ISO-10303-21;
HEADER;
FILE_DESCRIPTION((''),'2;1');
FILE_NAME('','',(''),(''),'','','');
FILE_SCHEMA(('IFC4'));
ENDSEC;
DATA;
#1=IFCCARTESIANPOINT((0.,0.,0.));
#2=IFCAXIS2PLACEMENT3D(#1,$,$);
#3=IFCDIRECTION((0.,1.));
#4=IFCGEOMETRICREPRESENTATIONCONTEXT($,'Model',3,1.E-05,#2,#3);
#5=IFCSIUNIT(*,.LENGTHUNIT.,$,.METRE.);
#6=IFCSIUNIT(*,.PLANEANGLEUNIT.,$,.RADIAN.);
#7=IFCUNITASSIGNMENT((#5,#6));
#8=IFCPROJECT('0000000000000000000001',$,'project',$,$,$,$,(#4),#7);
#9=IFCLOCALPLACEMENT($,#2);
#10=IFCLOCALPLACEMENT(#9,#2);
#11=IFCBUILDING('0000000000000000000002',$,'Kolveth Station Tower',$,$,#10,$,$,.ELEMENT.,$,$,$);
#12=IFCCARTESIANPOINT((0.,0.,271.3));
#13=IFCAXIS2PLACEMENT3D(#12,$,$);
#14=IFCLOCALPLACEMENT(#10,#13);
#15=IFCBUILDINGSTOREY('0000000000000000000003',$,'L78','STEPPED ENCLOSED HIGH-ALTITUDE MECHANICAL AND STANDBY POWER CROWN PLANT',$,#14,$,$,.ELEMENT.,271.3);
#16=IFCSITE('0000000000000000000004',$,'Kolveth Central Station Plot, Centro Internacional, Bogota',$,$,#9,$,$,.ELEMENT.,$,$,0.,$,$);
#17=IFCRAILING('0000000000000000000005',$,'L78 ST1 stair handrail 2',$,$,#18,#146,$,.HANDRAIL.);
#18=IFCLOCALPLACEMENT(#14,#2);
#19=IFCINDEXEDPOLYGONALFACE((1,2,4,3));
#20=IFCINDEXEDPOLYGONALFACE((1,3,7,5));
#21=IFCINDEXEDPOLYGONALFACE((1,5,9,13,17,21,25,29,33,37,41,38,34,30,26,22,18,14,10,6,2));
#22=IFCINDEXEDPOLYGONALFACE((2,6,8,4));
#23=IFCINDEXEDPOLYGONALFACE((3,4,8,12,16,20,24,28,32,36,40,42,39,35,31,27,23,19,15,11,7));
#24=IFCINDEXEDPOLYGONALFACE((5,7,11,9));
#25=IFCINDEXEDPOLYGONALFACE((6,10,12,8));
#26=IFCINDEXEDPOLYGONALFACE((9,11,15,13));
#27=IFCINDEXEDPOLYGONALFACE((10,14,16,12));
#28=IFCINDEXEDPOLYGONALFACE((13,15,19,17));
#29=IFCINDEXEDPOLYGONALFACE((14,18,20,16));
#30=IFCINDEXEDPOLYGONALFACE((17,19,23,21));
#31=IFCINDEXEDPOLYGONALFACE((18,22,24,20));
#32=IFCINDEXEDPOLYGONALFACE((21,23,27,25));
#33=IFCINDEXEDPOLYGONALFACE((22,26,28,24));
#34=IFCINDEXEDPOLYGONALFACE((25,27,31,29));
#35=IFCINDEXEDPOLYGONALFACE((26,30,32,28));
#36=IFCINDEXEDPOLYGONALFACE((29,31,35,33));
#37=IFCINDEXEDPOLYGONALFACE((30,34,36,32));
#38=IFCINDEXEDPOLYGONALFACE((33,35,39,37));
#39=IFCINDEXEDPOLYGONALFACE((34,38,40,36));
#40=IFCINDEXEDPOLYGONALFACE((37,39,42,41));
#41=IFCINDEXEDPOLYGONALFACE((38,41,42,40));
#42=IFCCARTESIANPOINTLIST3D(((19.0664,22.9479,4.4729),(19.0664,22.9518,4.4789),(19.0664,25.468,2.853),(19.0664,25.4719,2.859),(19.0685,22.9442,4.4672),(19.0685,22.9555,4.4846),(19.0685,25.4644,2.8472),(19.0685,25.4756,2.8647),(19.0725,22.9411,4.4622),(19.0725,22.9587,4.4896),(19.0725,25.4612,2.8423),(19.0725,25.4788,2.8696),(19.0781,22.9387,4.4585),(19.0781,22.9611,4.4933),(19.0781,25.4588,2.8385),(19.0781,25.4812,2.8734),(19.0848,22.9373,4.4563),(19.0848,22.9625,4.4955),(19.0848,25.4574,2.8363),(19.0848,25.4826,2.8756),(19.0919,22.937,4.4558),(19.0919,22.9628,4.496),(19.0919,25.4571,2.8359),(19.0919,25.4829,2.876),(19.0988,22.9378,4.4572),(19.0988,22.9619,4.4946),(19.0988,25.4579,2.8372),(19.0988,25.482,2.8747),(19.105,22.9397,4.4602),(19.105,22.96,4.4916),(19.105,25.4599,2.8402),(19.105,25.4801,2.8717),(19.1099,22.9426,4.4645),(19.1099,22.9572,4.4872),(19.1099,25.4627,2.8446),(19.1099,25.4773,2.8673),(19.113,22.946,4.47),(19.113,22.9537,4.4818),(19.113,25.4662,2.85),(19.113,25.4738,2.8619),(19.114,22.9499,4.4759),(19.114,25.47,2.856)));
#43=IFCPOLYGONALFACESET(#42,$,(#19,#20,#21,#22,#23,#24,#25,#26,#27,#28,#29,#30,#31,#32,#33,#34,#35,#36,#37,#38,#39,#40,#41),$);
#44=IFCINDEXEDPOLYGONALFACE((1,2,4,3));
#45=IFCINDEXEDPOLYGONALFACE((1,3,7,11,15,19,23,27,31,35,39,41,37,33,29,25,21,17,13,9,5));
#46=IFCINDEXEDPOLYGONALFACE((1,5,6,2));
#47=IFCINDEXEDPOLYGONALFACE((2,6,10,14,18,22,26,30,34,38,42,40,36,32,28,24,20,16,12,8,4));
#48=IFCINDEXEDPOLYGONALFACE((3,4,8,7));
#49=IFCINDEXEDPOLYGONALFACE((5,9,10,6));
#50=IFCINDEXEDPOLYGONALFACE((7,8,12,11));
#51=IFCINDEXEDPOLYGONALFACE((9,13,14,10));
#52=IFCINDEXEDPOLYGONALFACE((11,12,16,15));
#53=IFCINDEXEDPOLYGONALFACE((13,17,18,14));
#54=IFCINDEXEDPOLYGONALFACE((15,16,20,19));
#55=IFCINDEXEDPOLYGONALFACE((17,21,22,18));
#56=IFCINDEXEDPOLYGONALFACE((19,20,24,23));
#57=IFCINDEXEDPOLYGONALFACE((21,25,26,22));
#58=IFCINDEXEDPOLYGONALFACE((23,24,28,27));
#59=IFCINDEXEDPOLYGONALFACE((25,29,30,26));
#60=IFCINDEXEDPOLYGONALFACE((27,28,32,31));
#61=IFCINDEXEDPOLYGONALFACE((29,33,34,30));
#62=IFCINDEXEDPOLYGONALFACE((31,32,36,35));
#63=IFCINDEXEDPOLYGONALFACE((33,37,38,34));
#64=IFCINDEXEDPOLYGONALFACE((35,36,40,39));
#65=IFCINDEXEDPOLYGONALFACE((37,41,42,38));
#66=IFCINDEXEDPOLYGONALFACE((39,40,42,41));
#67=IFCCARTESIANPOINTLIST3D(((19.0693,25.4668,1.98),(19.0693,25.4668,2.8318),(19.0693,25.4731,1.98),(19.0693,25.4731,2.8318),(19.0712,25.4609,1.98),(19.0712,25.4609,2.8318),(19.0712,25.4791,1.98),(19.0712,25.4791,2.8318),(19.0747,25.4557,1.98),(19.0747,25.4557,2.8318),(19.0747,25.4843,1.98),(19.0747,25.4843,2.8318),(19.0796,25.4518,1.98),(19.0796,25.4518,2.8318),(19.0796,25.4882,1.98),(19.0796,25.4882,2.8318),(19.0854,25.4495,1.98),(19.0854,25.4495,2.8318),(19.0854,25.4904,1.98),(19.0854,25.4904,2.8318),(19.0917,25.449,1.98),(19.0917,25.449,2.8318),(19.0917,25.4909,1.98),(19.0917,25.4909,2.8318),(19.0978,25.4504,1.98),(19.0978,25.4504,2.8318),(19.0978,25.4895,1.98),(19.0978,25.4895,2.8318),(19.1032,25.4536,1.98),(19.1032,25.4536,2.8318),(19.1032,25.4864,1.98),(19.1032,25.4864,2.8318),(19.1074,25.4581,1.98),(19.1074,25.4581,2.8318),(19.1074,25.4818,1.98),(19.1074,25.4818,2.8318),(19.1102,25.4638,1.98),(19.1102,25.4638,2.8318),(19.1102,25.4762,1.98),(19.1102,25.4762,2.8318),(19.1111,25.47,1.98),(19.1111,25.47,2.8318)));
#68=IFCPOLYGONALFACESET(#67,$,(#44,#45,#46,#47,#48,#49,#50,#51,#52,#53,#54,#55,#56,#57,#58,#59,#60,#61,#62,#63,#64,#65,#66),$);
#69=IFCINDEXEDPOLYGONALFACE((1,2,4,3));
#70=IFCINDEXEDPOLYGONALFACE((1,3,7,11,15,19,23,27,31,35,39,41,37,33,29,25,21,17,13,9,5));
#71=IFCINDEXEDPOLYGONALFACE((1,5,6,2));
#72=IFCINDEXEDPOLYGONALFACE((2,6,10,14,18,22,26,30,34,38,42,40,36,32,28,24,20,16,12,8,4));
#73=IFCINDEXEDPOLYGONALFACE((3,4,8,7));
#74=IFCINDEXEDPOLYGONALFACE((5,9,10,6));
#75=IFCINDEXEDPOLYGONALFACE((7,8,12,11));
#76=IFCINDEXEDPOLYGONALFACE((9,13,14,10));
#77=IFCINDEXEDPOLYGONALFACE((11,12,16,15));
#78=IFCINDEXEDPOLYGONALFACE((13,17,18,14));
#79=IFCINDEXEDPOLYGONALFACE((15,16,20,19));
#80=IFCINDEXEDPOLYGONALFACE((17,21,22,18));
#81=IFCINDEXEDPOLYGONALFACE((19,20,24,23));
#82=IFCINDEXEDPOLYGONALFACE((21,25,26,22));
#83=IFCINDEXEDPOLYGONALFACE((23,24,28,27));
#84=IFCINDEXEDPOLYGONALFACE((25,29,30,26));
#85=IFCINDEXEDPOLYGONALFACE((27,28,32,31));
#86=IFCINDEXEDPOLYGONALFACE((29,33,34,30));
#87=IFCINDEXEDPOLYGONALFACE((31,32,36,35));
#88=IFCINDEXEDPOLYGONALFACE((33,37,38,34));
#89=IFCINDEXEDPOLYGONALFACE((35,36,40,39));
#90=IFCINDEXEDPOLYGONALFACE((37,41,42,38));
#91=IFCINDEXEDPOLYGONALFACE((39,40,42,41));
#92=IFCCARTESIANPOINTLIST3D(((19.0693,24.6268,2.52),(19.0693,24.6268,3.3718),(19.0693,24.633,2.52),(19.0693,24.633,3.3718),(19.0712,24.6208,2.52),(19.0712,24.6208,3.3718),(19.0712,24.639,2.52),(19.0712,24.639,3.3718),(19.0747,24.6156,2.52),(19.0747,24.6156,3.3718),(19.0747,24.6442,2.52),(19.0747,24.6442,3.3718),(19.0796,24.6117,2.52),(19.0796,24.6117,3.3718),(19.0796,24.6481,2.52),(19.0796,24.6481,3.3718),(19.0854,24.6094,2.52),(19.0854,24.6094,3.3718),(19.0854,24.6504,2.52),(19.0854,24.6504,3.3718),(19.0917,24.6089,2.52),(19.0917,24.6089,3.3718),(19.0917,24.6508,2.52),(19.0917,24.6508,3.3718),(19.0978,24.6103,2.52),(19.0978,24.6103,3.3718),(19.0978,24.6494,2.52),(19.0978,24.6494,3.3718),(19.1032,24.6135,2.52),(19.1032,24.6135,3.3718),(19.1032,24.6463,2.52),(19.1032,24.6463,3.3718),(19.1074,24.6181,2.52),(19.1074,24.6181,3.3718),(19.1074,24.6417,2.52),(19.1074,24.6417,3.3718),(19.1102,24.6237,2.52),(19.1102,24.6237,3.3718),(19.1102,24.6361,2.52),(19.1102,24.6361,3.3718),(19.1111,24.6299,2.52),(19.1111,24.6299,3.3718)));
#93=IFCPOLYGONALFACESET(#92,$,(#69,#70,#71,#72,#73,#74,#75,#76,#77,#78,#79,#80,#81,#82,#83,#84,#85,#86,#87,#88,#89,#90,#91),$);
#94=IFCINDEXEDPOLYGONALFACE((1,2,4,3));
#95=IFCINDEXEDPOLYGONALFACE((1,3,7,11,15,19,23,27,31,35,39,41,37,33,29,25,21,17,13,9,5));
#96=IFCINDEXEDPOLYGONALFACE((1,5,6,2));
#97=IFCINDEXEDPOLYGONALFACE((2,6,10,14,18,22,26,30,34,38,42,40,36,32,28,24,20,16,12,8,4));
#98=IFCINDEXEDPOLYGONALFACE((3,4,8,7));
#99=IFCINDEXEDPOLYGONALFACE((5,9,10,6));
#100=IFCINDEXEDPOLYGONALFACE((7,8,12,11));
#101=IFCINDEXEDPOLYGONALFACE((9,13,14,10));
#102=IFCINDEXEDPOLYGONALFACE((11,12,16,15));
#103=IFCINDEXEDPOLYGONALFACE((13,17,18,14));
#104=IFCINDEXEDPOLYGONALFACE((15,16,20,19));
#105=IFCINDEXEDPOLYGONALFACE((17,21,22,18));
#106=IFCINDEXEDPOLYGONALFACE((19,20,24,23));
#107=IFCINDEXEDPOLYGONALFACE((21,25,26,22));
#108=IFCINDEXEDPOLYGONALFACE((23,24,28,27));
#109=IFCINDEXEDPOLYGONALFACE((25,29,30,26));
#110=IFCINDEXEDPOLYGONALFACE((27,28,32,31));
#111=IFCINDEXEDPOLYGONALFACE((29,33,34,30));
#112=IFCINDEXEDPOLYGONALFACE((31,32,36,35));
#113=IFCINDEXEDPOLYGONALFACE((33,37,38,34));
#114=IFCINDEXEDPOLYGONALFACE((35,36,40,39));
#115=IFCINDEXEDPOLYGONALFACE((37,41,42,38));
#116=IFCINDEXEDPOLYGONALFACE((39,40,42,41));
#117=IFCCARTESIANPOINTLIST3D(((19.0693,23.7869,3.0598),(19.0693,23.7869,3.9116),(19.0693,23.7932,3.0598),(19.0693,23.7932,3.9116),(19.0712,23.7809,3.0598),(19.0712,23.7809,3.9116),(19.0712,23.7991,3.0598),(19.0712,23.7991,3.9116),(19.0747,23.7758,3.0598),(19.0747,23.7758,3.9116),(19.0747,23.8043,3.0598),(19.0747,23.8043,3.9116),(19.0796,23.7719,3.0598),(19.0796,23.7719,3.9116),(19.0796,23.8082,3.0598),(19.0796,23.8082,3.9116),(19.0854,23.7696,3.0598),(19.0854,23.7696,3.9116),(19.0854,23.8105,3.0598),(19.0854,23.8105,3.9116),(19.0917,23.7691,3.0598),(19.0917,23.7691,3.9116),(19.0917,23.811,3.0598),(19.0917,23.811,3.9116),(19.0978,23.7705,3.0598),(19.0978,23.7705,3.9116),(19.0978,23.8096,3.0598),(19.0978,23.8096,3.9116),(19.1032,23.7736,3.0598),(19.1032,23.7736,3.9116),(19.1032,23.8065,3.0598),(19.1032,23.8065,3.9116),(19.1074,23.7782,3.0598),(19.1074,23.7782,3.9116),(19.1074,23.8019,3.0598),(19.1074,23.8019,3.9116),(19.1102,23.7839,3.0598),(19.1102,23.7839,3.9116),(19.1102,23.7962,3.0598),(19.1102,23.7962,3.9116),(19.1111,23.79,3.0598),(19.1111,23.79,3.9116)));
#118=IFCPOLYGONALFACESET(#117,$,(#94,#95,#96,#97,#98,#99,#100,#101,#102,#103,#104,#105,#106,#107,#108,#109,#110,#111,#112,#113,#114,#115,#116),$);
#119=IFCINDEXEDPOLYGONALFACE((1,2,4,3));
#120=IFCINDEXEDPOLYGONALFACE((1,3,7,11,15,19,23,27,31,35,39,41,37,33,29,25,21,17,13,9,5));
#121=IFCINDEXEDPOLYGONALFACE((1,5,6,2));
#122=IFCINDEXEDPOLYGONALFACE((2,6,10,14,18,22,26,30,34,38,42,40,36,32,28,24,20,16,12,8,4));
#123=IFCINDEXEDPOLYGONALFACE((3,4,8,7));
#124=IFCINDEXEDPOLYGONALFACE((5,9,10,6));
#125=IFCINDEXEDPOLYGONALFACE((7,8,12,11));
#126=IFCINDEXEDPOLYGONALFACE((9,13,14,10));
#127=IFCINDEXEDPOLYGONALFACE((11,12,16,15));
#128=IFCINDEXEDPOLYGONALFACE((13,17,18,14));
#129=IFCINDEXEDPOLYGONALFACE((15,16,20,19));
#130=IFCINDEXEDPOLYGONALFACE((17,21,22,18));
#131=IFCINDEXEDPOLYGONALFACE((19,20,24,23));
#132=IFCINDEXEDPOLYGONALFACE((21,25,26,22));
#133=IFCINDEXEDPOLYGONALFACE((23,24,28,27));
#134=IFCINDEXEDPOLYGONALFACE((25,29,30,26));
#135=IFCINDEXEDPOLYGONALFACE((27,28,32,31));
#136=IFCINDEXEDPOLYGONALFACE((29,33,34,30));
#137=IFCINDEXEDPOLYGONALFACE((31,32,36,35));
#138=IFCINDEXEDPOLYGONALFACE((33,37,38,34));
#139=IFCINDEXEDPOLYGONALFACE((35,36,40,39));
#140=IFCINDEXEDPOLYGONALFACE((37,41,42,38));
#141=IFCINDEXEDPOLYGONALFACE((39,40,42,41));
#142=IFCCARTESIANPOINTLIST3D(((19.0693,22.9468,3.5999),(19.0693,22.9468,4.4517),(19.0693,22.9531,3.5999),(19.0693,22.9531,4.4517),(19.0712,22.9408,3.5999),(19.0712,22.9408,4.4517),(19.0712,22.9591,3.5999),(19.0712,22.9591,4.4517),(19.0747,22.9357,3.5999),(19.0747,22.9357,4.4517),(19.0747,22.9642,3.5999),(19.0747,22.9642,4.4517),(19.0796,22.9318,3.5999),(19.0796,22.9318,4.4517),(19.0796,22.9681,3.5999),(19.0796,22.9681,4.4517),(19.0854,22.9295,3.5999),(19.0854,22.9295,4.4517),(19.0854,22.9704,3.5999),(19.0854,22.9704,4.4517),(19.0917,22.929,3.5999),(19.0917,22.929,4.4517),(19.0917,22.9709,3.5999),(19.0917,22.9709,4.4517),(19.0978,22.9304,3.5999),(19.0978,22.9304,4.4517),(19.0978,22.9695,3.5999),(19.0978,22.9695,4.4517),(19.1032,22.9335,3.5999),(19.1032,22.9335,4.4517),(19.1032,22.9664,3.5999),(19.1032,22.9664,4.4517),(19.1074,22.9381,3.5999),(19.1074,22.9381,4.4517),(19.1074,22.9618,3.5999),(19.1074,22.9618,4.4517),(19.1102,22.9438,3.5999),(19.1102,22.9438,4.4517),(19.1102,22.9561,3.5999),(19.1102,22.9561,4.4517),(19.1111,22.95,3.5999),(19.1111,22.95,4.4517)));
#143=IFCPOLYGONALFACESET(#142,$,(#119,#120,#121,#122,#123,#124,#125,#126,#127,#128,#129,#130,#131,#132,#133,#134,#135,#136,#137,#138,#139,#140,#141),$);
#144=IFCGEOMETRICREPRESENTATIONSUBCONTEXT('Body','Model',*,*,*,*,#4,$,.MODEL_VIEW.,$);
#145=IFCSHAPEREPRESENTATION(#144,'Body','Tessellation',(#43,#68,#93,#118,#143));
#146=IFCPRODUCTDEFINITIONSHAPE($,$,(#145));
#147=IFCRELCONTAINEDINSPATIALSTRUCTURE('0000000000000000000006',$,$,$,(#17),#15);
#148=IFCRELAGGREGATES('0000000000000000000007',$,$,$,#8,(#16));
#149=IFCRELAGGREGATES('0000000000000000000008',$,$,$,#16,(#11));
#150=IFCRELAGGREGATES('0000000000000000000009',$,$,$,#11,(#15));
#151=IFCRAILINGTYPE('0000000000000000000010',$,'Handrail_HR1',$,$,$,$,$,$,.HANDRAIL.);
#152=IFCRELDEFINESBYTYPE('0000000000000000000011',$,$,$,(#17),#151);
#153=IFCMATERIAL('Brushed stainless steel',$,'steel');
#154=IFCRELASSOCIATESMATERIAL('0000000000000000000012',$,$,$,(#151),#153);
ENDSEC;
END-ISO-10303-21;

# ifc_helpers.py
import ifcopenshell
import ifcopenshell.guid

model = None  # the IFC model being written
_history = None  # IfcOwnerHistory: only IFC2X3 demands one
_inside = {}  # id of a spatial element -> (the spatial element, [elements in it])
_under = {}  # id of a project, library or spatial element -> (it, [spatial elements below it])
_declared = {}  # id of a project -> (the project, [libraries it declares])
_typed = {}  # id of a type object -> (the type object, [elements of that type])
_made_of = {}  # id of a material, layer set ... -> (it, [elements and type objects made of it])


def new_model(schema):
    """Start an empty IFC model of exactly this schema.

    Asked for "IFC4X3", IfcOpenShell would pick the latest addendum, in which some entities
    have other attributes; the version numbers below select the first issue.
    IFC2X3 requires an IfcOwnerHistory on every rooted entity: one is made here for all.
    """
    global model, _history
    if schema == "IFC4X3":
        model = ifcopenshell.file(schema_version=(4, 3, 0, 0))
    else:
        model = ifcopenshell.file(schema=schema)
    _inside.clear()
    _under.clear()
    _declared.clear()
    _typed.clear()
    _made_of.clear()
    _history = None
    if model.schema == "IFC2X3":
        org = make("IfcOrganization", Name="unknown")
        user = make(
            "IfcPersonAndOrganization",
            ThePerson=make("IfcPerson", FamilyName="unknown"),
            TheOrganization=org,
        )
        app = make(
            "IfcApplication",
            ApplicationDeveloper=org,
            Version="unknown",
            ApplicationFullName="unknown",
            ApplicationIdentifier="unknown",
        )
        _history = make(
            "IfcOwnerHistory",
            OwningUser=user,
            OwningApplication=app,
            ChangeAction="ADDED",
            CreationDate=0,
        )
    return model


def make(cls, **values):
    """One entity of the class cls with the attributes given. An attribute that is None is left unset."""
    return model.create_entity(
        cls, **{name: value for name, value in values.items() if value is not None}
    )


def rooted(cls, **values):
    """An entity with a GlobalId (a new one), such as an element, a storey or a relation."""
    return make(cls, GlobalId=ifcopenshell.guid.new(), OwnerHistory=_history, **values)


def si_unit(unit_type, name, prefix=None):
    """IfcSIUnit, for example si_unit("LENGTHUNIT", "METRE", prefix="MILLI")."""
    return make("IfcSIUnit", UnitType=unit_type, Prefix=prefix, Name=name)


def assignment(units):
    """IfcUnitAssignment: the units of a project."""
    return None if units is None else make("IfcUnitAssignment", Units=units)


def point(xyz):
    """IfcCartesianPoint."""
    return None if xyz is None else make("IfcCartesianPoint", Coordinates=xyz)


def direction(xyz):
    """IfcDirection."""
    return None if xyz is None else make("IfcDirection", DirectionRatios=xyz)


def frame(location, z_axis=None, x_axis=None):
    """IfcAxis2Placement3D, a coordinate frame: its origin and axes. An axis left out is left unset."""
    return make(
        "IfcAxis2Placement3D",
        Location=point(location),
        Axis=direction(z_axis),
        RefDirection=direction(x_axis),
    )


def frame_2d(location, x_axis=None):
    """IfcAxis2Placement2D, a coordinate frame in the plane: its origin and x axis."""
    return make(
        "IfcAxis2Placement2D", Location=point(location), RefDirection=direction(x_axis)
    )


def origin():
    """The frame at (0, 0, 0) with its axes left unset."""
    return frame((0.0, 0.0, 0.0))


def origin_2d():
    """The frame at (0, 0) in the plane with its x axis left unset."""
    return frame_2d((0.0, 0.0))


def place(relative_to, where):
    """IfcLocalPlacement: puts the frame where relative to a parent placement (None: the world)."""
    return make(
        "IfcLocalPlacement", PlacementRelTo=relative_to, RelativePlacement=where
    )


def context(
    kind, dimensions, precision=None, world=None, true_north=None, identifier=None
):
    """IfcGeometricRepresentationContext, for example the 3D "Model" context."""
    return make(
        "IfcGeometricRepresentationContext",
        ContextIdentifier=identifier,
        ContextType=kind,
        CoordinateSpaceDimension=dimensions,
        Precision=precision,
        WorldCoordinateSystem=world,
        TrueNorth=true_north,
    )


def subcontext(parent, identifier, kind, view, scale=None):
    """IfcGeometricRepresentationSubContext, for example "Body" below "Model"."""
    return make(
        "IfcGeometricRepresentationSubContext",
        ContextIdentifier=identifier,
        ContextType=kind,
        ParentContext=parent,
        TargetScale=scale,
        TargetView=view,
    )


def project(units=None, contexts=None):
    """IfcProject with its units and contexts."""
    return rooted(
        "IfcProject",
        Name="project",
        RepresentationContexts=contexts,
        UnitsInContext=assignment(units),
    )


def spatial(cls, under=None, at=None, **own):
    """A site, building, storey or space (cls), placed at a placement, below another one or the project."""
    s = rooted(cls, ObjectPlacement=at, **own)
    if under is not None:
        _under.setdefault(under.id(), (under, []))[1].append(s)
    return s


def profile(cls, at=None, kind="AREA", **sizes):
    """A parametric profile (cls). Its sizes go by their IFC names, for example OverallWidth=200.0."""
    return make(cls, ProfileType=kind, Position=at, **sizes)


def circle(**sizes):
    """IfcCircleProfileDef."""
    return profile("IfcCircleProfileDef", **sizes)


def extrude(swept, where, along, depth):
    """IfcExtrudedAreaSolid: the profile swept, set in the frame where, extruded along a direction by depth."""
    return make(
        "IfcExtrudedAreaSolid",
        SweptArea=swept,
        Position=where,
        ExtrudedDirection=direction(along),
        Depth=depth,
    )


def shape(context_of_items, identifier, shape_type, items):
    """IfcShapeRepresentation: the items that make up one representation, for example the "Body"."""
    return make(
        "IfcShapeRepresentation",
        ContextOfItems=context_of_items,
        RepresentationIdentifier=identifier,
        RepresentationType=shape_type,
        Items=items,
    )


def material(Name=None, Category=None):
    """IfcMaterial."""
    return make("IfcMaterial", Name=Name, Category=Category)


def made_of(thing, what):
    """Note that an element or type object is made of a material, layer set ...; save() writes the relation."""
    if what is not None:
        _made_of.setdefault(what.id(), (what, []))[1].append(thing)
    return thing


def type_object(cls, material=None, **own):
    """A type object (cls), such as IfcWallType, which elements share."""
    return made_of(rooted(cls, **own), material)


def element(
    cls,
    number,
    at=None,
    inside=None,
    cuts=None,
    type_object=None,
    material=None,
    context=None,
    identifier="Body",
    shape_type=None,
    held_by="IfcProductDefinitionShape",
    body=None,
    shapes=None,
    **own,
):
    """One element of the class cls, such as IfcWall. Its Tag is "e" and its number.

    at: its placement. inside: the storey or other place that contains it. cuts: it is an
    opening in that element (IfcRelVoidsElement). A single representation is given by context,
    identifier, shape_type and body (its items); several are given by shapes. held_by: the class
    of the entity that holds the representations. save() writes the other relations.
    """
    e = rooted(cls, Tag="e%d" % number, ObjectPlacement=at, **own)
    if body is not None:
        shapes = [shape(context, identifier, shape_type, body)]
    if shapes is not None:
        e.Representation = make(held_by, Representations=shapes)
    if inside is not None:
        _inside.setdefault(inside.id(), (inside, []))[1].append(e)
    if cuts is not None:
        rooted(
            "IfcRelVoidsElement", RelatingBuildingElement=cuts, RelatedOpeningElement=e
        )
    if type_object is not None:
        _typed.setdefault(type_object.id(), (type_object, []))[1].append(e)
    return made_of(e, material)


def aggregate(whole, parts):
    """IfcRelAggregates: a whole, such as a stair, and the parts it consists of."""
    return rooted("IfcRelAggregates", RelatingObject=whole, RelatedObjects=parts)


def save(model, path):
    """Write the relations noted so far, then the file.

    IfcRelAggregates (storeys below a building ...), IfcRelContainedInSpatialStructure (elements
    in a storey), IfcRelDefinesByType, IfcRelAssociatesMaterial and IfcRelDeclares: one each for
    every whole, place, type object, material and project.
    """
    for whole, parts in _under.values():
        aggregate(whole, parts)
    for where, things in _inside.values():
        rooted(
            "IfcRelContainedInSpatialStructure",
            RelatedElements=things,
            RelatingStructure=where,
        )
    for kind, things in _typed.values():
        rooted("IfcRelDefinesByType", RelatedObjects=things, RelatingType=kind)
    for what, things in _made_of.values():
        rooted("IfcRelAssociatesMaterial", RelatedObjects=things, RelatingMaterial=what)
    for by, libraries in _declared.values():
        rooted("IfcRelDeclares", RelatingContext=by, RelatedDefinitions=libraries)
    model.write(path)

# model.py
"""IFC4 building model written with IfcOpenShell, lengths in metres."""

from ifc_helpers import new_model, si_unit, direction, frame, origin, origin_2d, place, context, subcontext, project, spatial, circle, extrude, material, type_object, element, save


model = new_model("IFC4")

# Units and contexts
model_context = context("Model", 3, precision=1e-05, world=origin(), true_north=direction((0.0, 1.0)))
body_context = subcontext(model_context, "Body", "Model", "MODEL_VIEW")
ifc_project = project(units=[si_unit("LENGTHUNIT", "METRE"), si_unit("PLANEANGLEUNIT", "RADIAN")], contexts=[model_context])

# Site, building, storey
site_placement = place(None, origin())
site = spatial("IfcSite", under=ifc_project, at=site_placement, Name="Kolveth Central Station Plot, Centro Internacional, Bogota", CompositionType="ELEMENT", RefElevation=0.0)
building_placement = place(site_placement, origin())
building = spatial("IfcBuilding", under=site, at=building_placement, Name="Kolveth Station Tower", CompositionType="ELEMENT")
storey_placement = place(building_placement, frame((0.0, 0.0, 271.3)))
storey = spatial("IfcBuildingStorey", under=building, at=storey_placement, Name="L78", Description="STEPPED ENCLOSED HIGH-ALTITUDE MECHANICAL AND STANDBY POWER CROWN PLANT", CompositionType="ELEMENT", Elevation=271.3)

# Railing
ifc_material_1 = material(Name="Brushed stainless steel", Category="steel")
railing_type_1 = type_object("IfcRailingType", Name="Handrail_HR1", PredefinedType="HANDRAIL", material=ifc_material_1)
railing_1_placement = place(storey_placement, frame((19.0901, 25.47, 1.98)))
element("IfcRailing", 1, at=railing_1_placement, inside=storey, type_object=railing_type_1, Name="L78 ST1 stair handrail 2", PredefinedType="HANDRAIL", context=body_context, shape_type="SweptSolid", body=[
    extrude(circle(Radius=0.0239, at=origin_2d()), frame((0.0, 0.0, 0.876), z_axis=(0.0, -0.8412, 0.540725), x_axis=(1.0, 0.0, 0.0)), (0.0, 0.0, 1.0), 2.9958),
    extrude(circle(Radius=0.021, at=origin_2d()), origin(), (0.0, 0.0, 1.0), 0.8518),
    extrude(circle(Radius=0.021, at=origin_2d()), frame((0.0, -0.8401, 0.54)), (0.0, 0.0, 1.0), 0.8518),
    extrude(circle(Radius=0.021, at=origin_2d()), frame((0.0, -1.6799, 1.0798)), (0.0, 0.0, 1.0), 0.8518),
    extrude(circle(Radius=0.021, at=origin_2d()), frame((0.0, -2.52, 1.6199)), (0.0, 0.0, 1.0), 0.8518),
])

save(model, "model.ifc")
